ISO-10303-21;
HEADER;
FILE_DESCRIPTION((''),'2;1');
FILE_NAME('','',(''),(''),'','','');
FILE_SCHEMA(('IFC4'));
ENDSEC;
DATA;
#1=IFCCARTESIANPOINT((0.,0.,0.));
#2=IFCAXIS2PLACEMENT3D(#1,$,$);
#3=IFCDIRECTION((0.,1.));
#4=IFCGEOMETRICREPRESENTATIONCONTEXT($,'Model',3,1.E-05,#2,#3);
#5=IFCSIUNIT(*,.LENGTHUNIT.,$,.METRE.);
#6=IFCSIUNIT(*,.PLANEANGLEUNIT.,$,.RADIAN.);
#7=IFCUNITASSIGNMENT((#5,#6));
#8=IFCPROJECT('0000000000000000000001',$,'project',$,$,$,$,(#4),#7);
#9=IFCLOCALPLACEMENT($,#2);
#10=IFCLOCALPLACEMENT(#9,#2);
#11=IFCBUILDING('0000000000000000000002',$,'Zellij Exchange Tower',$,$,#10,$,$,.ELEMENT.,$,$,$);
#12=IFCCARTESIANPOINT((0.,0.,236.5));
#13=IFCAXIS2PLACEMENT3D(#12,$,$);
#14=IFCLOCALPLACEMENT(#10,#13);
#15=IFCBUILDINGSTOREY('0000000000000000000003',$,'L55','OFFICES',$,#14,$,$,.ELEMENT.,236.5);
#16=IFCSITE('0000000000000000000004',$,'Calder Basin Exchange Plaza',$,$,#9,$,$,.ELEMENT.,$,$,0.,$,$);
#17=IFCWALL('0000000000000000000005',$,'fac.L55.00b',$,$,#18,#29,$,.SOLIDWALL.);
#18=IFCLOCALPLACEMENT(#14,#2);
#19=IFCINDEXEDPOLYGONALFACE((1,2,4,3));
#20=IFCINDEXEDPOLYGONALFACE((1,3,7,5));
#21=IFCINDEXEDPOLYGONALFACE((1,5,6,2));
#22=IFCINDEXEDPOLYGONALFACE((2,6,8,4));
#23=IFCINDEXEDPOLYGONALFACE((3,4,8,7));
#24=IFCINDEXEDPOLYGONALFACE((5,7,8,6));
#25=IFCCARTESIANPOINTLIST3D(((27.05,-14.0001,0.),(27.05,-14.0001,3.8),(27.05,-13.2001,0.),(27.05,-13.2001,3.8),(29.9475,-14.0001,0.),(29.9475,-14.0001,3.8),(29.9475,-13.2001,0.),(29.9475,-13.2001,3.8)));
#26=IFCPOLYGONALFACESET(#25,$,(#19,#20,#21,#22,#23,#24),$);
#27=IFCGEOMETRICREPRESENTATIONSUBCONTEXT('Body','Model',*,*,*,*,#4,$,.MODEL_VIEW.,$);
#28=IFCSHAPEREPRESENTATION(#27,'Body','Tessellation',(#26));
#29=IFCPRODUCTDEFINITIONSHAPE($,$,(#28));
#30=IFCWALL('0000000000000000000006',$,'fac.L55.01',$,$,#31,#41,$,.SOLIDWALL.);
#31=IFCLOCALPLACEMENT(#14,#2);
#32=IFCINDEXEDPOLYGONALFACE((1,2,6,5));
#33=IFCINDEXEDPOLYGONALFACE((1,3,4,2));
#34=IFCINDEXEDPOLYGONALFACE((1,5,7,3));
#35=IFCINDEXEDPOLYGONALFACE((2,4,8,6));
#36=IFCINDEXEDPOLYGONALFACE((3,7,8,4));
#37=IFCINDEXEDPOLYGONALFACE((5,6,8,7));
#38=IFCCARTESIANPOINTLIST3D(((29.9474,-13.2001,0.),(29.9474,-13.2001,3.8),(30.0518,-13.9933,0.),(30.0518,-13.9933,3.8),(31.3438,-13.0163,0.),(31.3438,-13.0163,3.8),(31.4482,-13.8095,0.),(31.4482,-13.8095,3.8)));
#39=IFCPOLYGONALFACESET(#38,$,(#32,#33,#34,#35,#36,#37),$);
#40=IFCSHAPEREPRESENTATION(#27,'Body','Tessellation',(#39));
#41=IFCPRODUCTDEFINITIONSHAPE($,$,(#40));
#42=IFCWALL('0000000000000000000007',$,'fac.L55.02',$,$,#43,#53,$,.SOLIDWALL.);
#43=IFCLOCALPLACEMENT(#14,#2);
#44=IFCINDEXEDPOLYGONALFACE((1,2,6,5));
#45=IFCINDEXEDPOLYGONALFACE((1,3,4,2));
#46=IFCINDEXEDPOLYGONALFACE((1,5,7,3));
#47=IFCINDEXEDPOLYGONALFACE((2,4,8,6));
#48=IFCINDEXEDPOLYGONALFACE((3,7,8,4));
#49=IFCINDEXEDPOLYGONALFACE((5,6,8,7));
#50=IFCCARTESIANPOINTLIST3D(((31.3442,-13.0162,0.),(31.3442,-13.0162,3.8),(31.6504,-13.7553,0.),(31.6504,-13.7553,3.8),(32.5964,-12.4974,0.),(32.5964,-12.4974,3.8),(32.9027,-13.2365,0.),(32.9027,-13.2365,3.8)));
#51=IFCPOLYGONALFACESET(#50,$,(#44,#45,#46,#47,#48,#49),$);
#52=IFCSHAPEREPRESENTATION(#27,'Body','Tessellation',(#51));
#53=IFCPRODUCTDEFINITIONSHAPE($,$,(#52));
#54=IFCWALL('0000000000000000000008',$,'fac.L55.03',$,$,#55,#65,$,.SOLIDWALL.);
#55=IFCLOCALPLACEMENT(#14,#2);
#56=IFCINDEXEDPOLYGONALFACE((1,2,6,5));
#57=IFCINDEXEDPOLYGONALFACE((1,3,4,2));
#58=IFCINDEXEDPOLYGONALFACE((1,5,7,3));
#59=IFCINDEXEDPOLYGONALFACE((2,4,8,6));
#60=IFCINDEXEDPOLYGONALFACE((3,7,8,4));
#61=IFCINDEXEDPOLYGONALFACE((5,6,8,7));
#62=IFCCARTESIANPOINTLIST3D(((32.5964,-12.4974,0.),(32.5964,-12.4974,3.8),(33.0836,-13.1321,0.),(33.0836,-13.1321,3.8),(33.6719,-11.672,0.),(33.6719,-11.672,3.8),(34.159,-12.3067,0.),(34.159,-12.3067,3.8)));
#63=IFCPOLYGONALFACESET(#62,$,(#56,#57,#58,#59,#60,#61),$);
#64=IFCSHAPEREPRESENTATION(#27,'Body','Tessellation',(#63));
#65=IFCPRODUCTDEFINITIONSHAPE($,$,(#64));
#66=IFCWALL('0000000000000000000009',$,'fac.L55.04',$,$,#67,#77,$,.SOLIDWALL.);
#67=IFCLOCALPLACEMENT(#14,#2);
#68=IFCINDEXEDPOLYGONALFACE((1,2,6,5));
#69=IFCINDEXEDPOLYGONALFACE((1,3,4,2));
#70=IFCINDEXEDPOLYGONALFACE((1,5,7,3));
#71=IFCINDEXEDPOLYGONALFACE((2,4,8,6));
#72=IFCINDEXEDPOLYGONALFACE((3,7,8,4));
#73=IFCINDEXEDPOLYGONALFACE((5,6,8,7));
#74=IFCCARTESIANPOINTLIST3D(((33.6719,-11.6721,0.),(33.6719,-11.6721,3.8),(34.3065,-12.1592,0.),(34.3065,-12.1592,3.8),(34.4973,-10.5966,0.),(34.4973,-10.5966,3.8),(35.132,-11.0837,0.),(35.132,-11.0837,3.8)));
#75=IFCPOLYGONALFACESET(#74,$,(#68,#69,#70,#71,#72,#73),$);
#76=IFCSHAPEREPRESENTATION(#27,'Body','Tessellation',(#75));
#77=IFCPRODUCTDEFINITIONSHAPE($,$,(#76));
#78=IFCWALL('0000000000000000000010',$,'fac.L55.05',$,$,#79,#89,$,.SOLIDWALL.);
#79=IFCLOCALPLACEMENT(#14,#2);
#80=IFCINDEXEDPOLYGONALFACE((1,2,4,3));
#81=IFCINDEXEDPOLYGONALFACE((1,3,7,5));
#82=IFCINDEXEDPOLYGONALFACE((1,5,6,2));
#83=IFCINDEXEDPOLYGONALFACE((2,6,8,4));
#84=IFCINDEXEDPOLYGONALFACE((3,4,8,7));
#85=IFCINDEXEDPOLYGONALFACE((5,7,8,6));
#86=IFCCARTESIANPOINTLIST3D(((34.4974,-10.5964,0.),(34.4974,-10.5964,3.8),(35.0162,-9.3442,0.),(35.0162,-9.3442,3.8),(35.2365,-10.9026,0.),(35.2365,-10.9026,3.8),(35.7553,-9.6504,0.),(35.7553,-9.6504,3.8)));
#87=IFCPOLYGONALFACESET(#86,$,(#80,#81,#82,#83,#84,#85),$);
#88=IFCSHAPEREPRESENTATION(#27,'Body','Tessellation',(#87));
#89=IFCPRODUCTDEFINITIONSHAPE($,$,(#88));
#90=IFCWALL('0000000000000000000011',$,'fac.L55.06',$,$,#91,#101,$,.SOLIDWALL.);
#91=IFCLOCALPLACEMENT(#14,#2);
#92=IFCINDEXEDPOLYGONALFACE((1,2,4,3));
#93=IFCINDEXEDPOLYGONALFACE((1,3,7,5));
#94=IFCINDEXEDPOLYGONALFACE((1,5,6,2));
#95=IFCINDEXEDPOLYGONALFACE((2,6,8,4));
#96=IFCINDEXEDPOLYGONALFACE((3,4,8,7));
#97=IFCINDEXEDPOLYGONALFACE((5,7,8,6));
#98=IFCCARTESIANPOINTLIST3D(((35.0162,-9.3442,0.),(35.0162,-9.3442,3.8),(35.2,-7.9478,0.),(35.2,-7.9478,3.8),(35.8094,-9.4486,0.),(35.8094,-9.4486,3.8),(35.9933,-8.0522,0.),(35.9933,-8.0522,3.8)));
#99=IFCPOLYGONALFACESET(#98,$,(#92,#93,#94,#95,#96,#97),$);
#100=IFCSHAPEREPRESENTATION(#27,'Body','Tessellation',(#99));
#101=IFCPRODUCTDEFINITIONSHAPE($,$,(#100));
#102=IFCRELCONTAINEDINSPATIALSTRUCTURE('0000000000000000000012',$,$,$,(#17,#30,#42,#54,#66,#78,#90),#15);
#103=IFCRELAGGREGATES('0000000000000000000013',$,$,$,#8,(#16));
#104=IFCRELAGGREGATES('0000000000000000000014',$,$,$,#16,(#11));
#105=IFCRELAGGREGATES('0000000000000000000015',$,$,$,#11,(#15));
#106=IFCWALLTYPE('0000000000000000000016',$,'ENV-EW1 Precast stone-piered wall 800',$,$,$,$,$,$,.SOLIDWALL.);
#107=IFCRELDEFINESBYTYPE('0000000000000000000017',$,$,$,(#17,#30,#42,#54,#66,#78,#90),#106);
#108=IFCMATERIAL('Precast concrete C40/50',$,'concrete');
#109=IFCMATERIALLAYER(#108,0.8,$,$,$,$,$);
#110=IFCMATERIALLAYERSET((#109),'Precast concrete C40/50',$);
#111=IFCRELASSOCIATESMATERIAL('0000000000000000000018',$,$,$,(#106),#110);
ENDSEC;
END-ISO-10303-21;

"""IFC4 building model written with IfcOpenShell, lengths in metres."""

from ifc_helpers import new_model, si_unit, direction, frame, frame_2d, origin, place, context, subcontext, project, spatial, rectangle, extrude, material, layer, layer_set, type_object, element, save


model = new_model("IFC4")

# Units and contexts
model_context = context("Model", 3, precision=1e-05, world=origin(), true_north=direction((0.0, 1.0)))
body_context = subcontext(model_context, "Body", "Model", "MODEL_VIEW")
ifc_project = project(units=[si_unit("LENGTHUNIT", "METRE"), si_unit("PLANEANGLEUNIT", "RADIAN")], contexts=[model_context])

# Site, building, storey
site_placement = place(None, origin())
site = spatial("IfcSite", under=ifc_project, at=site_placement, Name="Calder Basin Exchange Plaza", CompositionType="ELEMENT", RefElevation=0.0)
building_placement = place(site_placement, origin())
building = spatial("IfcBuilding", under=site, at=building_placement, Name="Zellij Exchange Tower", CompositionType="ELEMENT")
storey_placement = place(building_placement, frame((0.0, 0.0, 236.5)))
storey = spatial("IfcBuildingStorey", under=building, at=storey_placement, Name="L55", Description="OFFICES", CompositionType="ELEMENT", Elevation=236.5)

# Walls
ifc_material_1 = material(Name="Precast concrete C40/50", Category="concrete")
ifc_layer_1 = layer(ifc_material_1, 0.8)
ifc_layer_set_1 = layer_set([ifc_layer_1], Name="Precast concrete C40/50")
wall_type_1 = type_object("IfcWallType", Name="ENV-EW1 Precast stone-piered wall 800", PredefinedType="SOLIDWALL", material=ifc_layer_set_1)
wall_1_placement = place(storey_placement, frame((27.05, -13.6001, 0.0), z_axis=(0.0, 0.0, 1.0), x_axis=(1.0, 0.0, 0.0)))
element("IfcWall", 1, at=wall_1_placement, inside=storey, type_object=wall_type_1, Name="fac.L55.00b", PredefinedType="SOLIDWALL", context=body_context, shape_type="SweptSolid", body=[
    extrude(rectangle(XDim=2.8975, YDim=0.8, at=frame_2d((1.4487, 0.0))), origin(), (0.0, 0.0, 1.0), 3.8),
])
wall_2_placement = place(storey_placement, frame((29.9998, -13.5967, 0.0), z_axis=(0.0, 0.0, 1.0), x_axis=(0.991446, 0.130517, 0.0)))
element("IfcWall", 2, at=wall_2_placement, inside=storey, type_object=wall_type_1, Name="fac.L55.01", PredefinedType="SOLIDWALL", context=body_context, shape_type="SweptSolid", body=[
    extrude(rectangle(XDim=1.4084, YDim=0.8, at=frame_2d((0.7041, 0.0))), origin(), (0.0, 0.0, 1.0), 3.8),
])
wall_3_placement = place(storey_placement, frame((31.4973, -13.3857, 0.0), z_axis=(0.0, 0.0, 1.0), x_axis=(0.923848, 0.38276, 0.0)))
element("IfcWall", 3, at=wall_3_placement, inside=storey, type_object=wall_type_1, Name="fac.L55.02", PredefinedType="SOLIDWALL", context=body_context, shape_type="SweptSolid", body=[
    extrude(rectangle(XDim=1.3555, YDim=0.8, at=frame_2d((0.6777, 0.0))), origin(), (0.0, 0.0, 1.0), 3.8),
])
for number, where, z_axis, x_axis, name in (
    (4, (32.8401, -12.8147, 0.0), (0.0, 0.0, 1.0), (0.793273, 0.608866, 0.0), "fac.L55.03"),
    (5, (33.9893, -11.9155, 0.0), (0.0, 0.0, 1.0), (0.608866, 0.793273, 0.0), "fac.L55.04"),
):
    element("IfcWall", number, at=place(storey_placement, frame(where, z_axis=z_axis, x_axis=x_axis)), inside=storey, type_object=wall_type_1, Name=name, PredefinedType="SOLIDWALL", context=body_context, shape_type="SweptSolid", body=[
        extrude(rectangle(XDim=1.3557, YDim=0.8, at=frame_2d((0.6777, 0.0))), origin(), (0.0, 0.0, 1.0), 3.8),
    ])
wall_4_placement = place(storey_placement, frame((34.8669, -10.7495, 0.0), z_axis=(0.0, 0.0, 1.0), x_axis=(0.38276, 0.923848, 0.0)))
element("IfcWall", 6, at=wall_4_placement, inside=storey, type_object=wall_type_1, Name="fac.L55.05", PredefinedType="SOLIDWALL", context=body_context, shape_type="SweptSolid", body=[
    extrude(rectangle(XDim=1.3555, YDim=0.8, at=frame_2d((0.6777, 0.0))), origin(), (0.0, 0.0, 1.0), 3.8),
])
wall_5_placement = place(storey_placement, frame((35.4128, -9.3962, 0.0), z_axis=(0.0, 0.0, 1.0), x_axis=(0.130517, 0.991446, 0.0)))
element("IfcWall", 7, at=wall_5_placement, inside=storey, type_object=wall_type_1, Name="fac.L55.06", PredefinedType="SOLIDWALL", context=body_context, shape_type="SweptSolid", body=[
    extrude(rectangle(XDim=1.4084, YDim=0.8, at=frame_2d((0.7041, 0.0))), origin(), (0.0, 0.0, 1.0), 3.8),
])

save(model, "model.ifc")
